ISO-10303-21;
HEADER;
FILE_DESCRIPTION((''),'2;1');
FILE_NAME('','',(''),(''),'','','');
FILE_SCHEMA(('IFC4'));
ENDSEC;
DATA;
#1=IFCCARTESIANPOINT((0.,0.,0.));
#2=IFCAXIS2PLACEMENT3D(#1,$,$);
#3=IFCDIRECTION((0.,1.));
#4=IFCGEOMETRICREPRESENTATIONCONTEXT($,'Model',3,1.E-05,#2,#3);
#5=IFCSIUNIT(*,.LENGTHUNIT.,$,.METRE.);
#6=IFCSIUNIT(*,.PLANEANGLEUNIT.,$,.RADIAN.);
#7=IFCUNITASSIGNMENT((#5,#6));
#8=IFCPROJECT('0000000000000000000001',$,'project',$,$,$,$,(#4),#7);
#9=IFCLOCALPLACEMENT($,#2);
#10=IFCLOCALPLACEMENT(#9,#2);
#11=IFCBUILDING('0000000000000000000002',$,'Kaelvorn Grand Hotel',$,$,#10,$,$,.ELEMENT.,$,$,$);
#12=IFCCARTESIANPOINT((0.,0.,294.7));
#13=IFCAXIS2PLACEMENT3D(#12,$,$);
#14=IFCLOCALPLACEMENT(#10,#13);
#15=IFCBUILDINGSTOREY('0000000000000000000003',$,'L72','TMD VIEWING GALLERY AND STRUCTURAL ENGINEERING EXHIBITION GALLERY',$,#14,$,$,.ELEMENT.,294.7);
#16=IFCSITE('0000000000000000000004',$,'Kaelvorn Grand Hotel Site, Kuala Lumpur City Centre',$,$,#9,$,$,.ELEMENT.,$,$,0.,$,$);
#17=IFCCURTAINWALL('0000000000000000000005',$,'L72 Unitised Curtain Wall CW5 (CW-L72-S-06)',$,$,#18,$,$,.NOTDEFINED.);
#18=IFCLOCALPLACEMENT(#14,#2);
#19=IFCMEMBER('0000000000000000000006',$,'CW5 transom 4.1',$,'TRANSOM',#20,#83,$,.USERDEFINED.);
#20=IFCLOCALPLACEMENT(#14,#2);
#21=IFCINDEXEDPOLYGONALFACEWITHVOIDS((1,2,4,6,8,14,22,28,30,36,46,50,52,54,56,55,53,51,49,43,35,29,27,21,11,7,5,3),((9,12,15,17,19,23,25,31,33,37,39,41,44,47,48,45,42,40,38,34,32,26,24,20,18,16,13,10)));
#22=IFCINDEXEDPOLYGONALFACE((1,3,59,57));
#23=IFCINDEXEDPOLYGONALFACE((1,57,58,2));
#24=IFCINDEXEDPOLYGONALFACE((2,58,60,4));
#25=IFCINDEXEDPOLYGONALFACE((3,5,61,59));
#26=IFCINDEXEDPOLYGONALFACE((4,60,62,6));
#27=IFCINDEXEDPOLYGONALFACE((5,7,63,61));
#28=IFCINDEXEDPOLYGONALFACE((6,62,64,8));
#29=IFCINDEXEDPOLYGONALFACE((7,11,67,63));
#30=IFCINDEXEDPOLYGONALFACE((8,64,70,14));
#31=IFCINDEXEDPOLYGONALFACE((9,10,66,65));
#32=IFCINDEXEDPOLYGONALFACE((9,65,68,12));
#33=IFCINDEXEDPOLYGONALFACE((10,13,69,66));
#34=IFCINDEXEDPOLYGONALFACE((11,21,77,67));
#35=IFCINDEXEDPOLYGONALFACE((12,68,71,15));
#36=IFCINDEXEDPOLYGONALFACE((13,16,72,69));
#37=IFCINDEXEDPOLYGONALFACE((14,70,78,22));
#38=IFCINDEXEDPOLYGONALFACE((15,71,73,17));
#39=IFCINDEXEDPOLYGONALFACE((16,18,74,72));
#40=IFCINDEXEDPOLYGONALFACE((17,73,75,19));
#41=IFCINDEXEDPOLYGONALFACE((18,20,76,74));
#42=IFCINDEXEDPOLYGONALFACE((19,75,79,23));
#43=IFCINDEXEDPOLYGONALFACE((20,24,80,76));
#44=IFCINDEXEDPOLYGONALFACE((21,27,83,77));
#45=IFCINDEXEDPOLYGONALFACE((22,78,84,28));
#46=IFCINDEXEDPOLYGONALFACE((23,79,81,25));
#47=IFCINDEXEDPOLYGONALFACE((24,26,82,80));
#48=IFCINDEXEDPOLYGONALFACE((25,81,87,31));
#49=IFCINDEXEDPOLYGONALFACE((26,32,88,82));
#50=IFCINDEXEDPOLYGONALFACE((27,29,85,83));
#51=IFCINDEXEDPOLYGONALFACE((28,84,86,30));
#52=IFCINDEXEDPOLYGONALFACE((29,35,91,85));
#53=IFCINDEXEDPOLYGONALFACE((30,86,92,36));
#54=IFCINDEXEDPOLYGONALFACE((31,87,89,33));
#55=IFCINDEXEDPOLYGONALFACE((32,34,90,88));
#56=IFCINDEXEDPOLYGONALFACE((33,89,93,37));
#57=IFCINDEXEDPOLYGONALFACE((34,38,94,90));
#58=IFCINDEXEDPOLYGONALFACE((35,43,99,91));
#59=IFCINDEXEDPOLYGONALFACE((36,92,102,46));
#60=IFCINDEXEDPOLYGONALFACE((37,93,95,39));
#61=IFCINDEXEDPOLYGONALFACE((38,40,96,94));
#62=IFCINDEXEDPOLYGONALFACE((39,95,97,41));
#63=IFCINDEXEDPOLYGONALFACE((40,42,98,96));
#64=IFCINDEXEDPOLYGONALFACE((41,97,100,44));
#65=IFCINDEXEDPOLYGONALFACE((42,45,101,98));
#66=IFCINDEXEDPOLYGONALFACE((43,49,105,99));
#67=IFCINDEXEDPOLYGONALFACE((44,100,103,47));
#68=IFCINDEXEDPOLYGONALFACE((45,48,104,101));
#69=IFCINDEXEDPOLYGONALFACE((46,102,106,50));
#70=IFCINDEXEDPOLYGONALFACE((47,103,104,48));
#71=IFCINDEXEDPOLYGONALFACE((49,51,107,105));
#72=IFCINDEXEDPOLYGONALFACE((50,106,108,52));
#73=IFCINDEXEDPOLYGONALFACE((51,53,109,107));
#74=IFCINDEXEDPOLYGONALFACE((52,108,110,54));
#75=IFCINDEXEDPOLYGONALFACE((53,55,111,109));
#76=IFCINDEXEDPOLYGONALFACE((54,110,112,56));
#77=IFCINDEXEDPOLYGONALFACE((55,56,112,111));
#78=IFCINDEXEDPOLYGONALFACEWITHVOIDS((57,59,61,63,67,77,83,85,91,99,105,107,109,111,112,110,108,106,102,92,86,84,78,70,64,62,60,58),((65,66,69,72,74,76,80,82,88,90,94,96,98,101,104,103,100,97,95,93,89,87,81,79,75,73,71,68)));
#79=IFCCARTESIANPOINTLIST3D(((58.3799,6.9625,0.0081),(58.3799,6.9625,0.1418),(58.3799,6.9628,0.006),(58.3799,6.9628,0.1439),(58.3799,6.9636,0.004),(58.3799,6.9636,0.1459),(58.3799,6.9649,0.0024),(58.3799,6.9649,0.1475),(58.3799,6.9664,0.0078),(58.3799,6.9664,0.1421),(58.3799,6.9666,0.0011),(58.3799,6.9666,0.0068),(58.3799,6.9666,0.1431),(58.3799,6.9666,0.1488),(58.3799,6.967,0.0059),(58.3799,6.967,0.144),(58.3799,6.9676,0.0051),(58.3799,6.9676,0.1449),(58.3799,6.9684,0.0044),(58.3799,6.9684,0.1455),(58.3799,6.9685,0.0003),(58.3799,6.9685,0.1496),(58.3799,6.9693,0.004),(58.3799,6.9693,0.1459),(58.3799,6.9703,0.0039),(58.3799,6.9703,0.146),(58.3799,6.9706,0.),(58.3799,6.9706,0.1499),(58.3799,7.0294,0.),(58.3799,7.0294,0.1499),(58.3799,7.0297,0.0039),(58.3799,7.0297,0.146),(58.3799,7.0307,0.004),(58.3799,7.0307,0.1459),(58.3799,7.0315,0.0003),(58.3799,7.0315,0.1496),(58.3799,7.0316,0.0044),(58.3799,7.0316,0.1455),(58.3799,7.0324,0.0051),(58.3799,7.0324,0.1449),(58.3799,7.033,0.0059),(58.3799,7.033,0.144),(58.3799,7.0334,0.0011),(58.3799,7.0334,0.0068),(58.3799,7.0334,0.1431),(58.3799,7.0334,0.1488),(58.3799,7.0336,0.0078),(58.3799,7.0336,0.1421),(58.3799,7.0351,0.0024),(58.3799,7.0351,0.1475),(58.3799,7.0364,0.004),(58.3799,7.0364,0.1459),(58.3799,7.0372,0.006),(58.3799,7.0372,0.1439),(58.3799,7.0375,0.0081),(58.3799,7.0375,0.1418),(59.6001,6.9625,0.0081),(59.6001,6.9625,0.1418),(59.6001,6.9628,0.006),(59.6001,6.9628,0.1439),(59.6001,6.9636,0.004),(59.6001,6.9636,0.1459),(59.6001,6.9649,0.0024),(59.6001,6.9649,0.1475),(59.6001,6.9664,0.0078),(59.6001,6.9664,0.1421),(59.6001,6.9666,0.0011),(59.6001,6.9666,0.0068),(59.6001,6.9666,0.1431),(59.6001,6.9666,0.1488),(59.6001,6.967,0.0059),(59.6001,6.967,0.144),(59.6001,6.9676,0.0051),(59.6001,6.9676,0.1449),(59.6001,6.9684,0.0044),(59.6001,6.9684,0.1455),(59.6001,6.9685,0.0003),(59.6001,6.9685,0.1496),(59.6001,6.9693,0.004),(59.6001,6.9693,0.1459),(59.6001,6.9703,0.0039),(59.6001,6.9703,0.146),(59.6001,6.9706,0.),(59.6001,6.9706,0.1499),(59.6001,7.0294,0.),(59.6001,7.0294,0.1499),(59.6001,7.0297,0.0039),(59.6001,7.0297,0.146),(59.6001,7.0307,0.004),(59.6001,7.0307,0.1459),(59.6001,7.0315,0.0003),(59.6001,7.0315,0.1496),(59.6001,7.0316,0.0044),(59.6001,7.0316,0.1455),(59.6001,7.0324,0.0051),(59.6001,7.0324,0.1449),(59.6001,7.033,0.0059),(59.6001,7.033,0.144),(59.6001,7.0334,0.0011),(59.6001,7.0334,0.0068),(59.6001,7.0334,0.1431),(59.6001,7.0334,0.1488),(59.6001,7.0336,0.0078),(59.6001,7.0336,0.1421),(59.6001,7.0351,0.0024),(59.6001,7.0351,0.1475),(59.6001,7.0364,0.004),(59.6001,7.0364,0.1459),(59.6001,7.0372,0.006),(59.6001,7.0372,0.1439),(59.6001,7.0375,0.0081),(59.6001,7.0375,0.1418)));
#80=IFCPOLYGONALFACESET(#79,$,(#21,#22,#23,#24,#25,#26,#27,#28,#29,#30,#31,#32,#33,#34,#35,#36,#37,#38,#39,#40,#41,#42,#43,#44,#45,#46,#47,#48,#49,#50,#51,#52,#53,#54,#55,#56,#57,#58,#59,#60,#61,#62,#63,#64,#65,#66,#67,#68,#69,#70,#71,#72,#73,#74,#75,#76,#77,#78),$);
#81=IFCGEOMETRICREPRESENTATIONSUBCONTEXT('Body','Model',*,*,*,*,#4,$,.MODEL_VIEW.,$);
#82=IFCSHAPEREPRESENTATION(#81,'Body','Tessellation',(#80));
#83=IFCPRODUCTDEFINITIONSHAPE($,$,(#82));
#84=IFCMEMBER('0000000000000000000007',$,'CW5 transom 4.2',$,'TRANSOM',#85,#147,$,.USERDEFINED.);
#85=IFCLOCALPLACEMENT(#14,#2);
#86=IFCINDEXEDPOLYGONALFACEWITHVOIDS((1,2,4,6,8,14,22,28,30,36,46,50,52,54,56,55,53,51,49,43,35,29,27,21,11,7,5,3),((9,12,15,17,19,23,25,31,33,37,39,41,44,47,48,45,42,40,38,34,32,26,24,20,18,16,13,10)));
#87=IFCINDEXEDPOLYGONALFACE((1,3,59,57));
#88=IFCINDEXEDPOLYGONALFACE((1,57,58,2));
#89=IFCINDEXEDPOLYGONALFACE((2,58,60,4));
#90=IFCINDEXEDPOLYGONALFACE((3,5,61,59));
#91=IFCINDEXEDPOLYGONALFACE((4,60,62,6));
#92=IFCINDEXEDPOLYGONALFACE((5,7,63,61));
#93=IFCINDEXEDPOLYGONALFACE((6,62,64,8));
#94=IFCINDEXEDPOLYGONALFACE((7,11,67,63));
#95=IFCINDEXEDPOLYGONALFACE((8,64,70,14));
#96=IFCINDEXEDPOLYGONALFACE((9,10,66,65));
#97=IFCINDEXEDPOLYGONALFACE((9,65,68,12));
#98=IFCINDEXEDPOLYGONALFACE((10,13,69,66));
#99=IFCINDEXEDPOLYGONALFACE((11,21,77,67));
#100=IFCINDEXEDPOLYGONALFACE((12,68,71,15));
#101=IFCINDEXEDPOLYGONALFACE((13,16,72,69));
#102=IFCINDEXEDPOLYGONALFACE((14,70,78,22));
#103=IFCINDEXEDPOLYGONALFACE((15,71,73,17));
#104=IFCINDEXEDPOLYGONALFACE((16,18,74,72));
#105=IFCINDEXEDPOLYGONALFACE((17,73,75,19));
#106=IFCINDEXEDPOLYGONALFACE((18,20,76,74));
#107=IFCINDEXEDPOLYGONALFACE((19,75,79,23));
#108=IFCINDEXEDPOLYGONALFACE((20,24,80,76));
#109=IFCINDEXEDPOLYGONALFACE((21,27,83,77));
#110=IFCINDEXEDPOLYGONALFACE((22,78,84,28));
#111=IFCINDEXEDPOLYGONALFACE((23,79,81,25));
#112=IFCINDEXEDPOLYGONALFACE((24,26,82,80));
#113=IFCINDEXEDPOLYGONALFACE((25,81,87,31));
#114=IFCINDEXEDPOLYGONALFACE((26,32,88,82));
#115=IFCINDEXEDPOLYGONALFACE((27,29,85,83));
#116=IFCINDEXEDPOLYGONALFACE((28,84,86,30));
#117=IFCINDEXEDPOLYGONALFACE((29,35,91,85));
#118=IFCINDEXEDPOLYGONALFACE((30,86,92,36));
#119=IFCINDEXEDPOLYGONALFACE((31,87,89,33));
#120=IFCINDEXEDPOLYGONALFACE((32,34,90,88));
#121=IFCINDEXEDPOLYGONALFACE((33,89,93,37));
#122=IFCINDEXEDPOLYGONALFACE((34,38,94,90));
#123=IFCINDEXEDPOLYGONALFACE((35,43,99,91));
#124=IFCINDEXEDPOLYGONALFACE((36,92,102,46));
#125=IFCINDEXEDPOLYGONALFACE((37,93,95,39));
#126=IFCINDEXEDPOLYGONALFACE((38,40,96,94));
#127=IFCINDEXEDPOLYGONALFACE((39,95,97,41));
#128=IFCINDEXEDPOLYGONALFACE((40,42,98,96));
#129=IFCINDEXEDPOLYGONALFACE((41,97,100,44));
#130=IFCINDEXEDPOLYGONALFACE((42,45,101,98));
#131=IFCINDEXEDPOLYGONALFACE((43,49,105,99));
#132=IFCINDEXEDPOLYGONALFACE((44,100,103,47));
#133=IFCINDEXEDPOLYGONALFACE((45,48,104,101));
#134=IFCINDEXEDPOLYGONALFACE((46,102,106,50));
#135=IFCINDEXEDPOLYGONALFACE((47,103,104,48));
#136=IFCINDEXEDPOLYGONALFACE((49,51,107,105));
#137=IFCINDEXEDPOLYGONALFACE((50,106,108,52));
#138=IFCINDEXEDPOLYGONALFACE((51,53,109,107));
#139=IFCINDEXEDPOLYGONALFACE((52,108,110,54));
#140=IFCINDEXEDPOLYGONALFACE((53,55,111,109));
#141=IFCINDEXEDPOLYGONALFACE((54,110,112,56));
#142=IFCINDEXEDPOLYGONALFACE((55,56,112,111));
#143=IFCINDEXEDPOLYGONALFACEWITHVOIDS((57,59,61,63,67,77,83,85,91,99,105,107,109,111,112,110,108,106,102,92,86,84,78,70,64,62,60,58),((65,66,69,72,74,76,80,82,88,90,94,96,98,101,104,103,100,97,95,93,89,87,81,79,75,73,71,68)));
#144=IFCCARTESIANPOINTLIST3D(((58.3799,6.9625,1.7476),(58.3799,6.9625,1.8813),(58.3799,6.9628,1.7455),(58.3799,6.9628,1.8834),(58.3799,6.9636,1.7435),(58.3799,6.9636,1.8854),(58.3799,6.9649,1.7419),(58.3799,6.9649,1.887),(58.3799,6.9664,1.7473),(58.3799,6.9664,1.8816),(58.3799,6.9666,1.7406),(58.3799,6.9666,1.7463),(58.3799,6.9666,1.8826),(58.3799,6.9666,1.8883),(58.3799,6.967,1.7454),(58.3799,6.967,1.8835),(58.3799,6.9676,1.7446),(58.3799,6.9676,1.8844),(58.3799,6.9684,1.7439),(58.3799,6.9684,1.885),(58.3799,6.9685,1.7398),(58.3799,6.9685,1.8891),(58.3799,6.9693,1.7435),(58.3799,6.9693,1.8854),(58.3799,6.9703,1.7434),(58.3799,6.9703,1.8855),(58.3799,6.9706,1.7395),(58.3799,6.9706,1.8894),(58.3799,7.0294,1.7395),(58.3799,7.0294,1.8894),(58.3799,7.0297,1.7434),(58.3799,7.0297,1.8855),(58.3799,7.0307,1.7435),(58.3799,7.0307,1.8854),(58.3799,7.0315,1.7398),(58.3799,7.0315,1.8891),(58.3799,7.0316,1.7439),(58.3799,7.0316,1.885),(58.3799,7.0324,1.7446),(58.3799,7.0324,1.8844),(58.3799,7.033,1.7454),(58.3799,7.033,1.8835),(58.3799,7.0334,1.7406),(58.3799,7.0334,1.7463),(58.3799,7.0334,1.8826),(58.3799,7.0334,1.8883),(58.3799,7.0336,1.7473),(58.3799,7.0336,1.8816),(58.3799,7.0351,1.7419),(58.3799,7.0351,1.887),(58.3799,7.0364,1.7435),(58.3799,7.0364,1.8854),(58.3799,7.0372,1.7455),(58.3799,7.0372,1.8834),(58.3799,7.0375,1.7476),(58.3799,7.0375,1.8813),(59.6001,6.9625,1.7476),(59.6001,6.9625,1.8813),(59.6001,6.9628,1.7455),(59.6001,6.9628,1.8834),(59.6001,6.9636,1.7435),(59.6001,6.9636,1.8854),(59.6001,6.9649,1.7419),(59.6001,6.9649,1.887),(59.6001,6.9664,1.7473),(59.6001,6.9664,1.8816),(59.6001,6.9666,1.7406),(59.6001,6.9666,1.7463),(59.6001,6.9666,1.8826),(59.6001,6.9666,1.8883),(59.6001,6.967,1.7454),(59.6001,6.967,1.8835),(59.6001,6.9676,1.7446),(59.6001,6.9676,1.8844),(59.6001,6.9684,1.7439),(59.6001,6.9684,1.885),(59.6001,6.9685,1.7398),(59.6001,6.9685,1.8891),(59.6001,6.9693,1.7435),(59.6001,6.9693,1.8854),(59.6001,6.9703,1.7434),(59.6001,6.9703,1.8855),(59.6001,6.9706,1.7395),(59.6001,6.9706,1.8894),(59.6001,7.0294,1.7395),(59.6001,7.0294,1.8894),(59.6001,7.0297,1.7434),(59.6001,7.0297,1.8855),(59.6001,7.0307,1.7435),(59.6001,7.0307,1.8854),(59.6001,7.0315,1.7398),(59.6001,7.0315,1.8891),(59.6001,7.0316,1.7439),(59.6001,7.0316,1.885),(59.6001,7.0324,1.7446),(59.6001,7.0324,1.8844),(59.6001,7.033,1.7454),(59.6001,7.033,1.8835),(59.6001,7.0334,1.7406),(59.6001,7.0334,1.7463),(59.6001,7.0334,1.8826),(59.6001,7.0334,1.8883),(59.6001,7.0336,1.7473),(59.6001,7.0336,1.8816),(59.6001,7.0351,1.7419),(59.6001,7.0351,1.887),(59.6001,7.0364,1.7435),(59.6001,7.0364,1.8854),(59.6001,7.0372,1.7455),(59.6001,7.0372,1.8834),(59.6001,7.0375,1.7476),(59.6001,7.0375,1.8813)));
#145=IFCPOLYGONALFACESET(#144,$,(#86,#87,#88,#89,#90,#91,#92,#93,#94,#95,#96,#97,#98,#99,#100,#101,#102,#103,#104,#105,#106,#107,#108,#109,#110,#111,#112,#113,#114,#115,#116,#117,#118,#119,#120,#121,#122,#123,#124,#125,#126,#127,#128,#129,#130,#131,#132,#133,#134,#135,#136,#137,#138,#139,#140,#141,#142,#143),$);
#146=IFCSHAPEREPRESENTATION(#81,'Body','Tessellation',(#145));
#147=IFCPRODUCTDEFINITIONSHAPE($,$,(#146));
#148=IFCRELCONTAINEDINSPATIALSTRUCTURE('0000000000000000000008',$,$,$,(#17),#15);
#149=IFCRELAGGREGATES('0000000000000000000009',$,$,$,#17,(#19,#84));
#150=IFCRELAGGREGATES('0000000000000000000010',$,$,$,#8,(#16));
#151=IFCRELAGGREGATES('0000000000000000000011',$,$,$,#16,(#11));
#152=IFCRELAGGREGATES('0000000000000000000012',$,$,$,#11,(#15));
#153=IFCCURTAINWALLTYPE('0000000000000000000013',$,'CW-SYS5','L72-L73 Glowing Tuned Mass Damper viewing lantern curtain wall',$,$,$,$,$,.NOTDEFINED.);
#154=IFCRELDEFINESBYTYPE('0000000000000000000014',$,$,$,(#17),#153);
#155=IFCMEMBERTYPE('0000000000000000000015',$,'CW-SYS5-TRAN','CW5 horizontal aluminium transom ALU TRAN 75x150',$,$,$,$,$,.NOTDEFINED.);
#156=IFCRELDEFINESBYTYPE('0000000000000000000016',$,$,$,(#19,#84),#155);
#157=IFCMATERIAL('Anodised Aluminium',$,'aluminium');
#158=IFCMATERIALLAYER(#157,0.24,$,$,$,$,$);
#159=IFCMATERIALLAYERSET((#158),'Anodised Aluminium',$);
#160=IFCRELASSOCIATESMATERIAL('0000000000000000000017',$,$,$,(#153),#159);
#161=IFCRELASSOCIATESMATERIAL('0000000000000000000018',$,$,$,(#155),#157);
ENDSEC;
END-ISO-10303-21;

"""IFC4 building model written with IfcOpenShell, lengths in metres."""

from ifc_helpers import new_model, si_unit, direction, frame, origin, origin_2d, place, context, subcontext, project, spatial, hollow_rectangle, extrude, material, layer, layer_set, material_profile, profile_set, type_object, element, aggregate, save


model = new_model("IFC4")

# Units and contexts
model_context = context("Model", 3, precision=1e-05, world=origin(), true_north=direction((0.0, 1.0)))
body_context = subcontext(model_context, "Body", "Model", "MODEL_VIEW")
ifc_project = project(units=[si_unit("LENGTHUNIT", "METRE"), si_unit("PLANEANGLEUNIT", "RADIAN")], contexts=[model_context])

# Site, building, storey
site_placement = place(None, origin())
site = spatial("IfcSite", under=ifc_project, at=site_placement, Name="Kaelvorn Grand Hotel Site, Kuala Lumpur City Centre", CompositionType="ELEMENT", RefElevation=0.0)
building_placement = place(site_placement, origin())
building = spatial("IfcBuilding", under=site, at=building_placement, Name="Kaelvorn Grand Hotel", CompositionType="ELEMENT")
storey_placement = place(building_placement, frame((0.0, 0.0, 294.7)))
storey = spatial("IfcBuildingStorey", under=building, at=storey_placement, Name="L72", Description="TMD VIEWING GALLERY AND STRUCTURAL ENGINEERING EXHIBITION GALLERY", CompositionType="ELEMENT", Elevation=294.7)

# Curtain wall
ifc_material_1 = material(Name="Anodised Aluminium", Category="aluminium")
ifc_layer_1 = layer(ifc_material_1, 0.24)
ifc_layer_set_1 = layer_set([ifc_layer_1], Name="Anodised Aluminium")
curtain_wall_type = type_object("IfcCurtainWallType", Name="CW-SYS5", Description="L72-L73 Glowing Tuned Mass Damper viewing lantern curtain wall", PredefinedType="NOTDEFINED", material=ifc_layer_set_1)
curtain_wall_1_placement = place(storey_placement, origin())
curtain_wall_1 = element("IfcCurtainWall", 1, at=curtain_wall_1_placement, inside=storey, type_object=curtain_wall_type, Name="L72 Unitised Curtain Wall CW5 (CW-L72-S-06)", PredefinedType="NOTDEFINED")

# Members
ifc_material_profile_1 = material_profile(ifc_material_1, hollow_rectangle(XDim=0.075, YDim=0.1499, WallThickness=0.0039, InnerFilletRadius=0.0039, OuterFilletRadius=0.0081, at=origin_2d()), Name="ALU TRAN 75x150")
ifc_profile_set_1 = profile_set([ifc_material_profile_1], Name="Anodised Aluminium")
member_type_1 = type_object("IfcMemberType", Name="CW-SYS5-TRAN", Description="CW5 horizontal aluminium transom ALU TRAN 75x150", PredefinedType="NOTDEFINED", material=ifc_profile_set_1)
member_1_placement = place(storey_placement, frame((58.3799, 7.0, 0.075), z_axis=(1.0, 0.0, 0.0), x_axis=(0.0, 1.0, 0.0)))
member_1 = element("IfcMember", 2, at=member_1_placement, type_object=member_type_1, Name="CW5 transom 4.1", ObjectType="TRANSOM", PredefinedType="USERDEFINED", context=body_context, shape_type="SweptSolid", body=[
    extrude(hollow_rectangle(XDim=0.075, YDim=0.1499, WallThickness=0.0039, InnerFilletRadius=0.0039, OuterFilletRadius=0.0081, at=origin_2d()), origin(), (0.0, 0.0, 1.0), 1.2202),
])
member_2_placement = place(storey_placement, frame((58.3799, 7.0, 1.8145), z_axis=(1.0, 0.0, 0.0), x_axis=(0.0, 1.0, 0.0)))
member_2 = element("IfcMember", 3, at=member_2_placement, type_object=member_type_1, Name="CW5 transom 4.2", ObjectType="TRANSOM", PredefinedType="USERDEFINED", context=body_context, shape_type="SweptSolid", body=[
    extrude(hollow_rectangle(XDim=0.075, YDim=0.1499, WallThickness=0.0039, InnerFilletRadius=0.0039, OuterFilletRadius=0.0081, at=origin_2d()), origin(), (0.0, 0.0, 1.0), 1.2202),
])

aggregate(curtain_wall_1, [member_1, member_2])

save(model, "model.ifc")
